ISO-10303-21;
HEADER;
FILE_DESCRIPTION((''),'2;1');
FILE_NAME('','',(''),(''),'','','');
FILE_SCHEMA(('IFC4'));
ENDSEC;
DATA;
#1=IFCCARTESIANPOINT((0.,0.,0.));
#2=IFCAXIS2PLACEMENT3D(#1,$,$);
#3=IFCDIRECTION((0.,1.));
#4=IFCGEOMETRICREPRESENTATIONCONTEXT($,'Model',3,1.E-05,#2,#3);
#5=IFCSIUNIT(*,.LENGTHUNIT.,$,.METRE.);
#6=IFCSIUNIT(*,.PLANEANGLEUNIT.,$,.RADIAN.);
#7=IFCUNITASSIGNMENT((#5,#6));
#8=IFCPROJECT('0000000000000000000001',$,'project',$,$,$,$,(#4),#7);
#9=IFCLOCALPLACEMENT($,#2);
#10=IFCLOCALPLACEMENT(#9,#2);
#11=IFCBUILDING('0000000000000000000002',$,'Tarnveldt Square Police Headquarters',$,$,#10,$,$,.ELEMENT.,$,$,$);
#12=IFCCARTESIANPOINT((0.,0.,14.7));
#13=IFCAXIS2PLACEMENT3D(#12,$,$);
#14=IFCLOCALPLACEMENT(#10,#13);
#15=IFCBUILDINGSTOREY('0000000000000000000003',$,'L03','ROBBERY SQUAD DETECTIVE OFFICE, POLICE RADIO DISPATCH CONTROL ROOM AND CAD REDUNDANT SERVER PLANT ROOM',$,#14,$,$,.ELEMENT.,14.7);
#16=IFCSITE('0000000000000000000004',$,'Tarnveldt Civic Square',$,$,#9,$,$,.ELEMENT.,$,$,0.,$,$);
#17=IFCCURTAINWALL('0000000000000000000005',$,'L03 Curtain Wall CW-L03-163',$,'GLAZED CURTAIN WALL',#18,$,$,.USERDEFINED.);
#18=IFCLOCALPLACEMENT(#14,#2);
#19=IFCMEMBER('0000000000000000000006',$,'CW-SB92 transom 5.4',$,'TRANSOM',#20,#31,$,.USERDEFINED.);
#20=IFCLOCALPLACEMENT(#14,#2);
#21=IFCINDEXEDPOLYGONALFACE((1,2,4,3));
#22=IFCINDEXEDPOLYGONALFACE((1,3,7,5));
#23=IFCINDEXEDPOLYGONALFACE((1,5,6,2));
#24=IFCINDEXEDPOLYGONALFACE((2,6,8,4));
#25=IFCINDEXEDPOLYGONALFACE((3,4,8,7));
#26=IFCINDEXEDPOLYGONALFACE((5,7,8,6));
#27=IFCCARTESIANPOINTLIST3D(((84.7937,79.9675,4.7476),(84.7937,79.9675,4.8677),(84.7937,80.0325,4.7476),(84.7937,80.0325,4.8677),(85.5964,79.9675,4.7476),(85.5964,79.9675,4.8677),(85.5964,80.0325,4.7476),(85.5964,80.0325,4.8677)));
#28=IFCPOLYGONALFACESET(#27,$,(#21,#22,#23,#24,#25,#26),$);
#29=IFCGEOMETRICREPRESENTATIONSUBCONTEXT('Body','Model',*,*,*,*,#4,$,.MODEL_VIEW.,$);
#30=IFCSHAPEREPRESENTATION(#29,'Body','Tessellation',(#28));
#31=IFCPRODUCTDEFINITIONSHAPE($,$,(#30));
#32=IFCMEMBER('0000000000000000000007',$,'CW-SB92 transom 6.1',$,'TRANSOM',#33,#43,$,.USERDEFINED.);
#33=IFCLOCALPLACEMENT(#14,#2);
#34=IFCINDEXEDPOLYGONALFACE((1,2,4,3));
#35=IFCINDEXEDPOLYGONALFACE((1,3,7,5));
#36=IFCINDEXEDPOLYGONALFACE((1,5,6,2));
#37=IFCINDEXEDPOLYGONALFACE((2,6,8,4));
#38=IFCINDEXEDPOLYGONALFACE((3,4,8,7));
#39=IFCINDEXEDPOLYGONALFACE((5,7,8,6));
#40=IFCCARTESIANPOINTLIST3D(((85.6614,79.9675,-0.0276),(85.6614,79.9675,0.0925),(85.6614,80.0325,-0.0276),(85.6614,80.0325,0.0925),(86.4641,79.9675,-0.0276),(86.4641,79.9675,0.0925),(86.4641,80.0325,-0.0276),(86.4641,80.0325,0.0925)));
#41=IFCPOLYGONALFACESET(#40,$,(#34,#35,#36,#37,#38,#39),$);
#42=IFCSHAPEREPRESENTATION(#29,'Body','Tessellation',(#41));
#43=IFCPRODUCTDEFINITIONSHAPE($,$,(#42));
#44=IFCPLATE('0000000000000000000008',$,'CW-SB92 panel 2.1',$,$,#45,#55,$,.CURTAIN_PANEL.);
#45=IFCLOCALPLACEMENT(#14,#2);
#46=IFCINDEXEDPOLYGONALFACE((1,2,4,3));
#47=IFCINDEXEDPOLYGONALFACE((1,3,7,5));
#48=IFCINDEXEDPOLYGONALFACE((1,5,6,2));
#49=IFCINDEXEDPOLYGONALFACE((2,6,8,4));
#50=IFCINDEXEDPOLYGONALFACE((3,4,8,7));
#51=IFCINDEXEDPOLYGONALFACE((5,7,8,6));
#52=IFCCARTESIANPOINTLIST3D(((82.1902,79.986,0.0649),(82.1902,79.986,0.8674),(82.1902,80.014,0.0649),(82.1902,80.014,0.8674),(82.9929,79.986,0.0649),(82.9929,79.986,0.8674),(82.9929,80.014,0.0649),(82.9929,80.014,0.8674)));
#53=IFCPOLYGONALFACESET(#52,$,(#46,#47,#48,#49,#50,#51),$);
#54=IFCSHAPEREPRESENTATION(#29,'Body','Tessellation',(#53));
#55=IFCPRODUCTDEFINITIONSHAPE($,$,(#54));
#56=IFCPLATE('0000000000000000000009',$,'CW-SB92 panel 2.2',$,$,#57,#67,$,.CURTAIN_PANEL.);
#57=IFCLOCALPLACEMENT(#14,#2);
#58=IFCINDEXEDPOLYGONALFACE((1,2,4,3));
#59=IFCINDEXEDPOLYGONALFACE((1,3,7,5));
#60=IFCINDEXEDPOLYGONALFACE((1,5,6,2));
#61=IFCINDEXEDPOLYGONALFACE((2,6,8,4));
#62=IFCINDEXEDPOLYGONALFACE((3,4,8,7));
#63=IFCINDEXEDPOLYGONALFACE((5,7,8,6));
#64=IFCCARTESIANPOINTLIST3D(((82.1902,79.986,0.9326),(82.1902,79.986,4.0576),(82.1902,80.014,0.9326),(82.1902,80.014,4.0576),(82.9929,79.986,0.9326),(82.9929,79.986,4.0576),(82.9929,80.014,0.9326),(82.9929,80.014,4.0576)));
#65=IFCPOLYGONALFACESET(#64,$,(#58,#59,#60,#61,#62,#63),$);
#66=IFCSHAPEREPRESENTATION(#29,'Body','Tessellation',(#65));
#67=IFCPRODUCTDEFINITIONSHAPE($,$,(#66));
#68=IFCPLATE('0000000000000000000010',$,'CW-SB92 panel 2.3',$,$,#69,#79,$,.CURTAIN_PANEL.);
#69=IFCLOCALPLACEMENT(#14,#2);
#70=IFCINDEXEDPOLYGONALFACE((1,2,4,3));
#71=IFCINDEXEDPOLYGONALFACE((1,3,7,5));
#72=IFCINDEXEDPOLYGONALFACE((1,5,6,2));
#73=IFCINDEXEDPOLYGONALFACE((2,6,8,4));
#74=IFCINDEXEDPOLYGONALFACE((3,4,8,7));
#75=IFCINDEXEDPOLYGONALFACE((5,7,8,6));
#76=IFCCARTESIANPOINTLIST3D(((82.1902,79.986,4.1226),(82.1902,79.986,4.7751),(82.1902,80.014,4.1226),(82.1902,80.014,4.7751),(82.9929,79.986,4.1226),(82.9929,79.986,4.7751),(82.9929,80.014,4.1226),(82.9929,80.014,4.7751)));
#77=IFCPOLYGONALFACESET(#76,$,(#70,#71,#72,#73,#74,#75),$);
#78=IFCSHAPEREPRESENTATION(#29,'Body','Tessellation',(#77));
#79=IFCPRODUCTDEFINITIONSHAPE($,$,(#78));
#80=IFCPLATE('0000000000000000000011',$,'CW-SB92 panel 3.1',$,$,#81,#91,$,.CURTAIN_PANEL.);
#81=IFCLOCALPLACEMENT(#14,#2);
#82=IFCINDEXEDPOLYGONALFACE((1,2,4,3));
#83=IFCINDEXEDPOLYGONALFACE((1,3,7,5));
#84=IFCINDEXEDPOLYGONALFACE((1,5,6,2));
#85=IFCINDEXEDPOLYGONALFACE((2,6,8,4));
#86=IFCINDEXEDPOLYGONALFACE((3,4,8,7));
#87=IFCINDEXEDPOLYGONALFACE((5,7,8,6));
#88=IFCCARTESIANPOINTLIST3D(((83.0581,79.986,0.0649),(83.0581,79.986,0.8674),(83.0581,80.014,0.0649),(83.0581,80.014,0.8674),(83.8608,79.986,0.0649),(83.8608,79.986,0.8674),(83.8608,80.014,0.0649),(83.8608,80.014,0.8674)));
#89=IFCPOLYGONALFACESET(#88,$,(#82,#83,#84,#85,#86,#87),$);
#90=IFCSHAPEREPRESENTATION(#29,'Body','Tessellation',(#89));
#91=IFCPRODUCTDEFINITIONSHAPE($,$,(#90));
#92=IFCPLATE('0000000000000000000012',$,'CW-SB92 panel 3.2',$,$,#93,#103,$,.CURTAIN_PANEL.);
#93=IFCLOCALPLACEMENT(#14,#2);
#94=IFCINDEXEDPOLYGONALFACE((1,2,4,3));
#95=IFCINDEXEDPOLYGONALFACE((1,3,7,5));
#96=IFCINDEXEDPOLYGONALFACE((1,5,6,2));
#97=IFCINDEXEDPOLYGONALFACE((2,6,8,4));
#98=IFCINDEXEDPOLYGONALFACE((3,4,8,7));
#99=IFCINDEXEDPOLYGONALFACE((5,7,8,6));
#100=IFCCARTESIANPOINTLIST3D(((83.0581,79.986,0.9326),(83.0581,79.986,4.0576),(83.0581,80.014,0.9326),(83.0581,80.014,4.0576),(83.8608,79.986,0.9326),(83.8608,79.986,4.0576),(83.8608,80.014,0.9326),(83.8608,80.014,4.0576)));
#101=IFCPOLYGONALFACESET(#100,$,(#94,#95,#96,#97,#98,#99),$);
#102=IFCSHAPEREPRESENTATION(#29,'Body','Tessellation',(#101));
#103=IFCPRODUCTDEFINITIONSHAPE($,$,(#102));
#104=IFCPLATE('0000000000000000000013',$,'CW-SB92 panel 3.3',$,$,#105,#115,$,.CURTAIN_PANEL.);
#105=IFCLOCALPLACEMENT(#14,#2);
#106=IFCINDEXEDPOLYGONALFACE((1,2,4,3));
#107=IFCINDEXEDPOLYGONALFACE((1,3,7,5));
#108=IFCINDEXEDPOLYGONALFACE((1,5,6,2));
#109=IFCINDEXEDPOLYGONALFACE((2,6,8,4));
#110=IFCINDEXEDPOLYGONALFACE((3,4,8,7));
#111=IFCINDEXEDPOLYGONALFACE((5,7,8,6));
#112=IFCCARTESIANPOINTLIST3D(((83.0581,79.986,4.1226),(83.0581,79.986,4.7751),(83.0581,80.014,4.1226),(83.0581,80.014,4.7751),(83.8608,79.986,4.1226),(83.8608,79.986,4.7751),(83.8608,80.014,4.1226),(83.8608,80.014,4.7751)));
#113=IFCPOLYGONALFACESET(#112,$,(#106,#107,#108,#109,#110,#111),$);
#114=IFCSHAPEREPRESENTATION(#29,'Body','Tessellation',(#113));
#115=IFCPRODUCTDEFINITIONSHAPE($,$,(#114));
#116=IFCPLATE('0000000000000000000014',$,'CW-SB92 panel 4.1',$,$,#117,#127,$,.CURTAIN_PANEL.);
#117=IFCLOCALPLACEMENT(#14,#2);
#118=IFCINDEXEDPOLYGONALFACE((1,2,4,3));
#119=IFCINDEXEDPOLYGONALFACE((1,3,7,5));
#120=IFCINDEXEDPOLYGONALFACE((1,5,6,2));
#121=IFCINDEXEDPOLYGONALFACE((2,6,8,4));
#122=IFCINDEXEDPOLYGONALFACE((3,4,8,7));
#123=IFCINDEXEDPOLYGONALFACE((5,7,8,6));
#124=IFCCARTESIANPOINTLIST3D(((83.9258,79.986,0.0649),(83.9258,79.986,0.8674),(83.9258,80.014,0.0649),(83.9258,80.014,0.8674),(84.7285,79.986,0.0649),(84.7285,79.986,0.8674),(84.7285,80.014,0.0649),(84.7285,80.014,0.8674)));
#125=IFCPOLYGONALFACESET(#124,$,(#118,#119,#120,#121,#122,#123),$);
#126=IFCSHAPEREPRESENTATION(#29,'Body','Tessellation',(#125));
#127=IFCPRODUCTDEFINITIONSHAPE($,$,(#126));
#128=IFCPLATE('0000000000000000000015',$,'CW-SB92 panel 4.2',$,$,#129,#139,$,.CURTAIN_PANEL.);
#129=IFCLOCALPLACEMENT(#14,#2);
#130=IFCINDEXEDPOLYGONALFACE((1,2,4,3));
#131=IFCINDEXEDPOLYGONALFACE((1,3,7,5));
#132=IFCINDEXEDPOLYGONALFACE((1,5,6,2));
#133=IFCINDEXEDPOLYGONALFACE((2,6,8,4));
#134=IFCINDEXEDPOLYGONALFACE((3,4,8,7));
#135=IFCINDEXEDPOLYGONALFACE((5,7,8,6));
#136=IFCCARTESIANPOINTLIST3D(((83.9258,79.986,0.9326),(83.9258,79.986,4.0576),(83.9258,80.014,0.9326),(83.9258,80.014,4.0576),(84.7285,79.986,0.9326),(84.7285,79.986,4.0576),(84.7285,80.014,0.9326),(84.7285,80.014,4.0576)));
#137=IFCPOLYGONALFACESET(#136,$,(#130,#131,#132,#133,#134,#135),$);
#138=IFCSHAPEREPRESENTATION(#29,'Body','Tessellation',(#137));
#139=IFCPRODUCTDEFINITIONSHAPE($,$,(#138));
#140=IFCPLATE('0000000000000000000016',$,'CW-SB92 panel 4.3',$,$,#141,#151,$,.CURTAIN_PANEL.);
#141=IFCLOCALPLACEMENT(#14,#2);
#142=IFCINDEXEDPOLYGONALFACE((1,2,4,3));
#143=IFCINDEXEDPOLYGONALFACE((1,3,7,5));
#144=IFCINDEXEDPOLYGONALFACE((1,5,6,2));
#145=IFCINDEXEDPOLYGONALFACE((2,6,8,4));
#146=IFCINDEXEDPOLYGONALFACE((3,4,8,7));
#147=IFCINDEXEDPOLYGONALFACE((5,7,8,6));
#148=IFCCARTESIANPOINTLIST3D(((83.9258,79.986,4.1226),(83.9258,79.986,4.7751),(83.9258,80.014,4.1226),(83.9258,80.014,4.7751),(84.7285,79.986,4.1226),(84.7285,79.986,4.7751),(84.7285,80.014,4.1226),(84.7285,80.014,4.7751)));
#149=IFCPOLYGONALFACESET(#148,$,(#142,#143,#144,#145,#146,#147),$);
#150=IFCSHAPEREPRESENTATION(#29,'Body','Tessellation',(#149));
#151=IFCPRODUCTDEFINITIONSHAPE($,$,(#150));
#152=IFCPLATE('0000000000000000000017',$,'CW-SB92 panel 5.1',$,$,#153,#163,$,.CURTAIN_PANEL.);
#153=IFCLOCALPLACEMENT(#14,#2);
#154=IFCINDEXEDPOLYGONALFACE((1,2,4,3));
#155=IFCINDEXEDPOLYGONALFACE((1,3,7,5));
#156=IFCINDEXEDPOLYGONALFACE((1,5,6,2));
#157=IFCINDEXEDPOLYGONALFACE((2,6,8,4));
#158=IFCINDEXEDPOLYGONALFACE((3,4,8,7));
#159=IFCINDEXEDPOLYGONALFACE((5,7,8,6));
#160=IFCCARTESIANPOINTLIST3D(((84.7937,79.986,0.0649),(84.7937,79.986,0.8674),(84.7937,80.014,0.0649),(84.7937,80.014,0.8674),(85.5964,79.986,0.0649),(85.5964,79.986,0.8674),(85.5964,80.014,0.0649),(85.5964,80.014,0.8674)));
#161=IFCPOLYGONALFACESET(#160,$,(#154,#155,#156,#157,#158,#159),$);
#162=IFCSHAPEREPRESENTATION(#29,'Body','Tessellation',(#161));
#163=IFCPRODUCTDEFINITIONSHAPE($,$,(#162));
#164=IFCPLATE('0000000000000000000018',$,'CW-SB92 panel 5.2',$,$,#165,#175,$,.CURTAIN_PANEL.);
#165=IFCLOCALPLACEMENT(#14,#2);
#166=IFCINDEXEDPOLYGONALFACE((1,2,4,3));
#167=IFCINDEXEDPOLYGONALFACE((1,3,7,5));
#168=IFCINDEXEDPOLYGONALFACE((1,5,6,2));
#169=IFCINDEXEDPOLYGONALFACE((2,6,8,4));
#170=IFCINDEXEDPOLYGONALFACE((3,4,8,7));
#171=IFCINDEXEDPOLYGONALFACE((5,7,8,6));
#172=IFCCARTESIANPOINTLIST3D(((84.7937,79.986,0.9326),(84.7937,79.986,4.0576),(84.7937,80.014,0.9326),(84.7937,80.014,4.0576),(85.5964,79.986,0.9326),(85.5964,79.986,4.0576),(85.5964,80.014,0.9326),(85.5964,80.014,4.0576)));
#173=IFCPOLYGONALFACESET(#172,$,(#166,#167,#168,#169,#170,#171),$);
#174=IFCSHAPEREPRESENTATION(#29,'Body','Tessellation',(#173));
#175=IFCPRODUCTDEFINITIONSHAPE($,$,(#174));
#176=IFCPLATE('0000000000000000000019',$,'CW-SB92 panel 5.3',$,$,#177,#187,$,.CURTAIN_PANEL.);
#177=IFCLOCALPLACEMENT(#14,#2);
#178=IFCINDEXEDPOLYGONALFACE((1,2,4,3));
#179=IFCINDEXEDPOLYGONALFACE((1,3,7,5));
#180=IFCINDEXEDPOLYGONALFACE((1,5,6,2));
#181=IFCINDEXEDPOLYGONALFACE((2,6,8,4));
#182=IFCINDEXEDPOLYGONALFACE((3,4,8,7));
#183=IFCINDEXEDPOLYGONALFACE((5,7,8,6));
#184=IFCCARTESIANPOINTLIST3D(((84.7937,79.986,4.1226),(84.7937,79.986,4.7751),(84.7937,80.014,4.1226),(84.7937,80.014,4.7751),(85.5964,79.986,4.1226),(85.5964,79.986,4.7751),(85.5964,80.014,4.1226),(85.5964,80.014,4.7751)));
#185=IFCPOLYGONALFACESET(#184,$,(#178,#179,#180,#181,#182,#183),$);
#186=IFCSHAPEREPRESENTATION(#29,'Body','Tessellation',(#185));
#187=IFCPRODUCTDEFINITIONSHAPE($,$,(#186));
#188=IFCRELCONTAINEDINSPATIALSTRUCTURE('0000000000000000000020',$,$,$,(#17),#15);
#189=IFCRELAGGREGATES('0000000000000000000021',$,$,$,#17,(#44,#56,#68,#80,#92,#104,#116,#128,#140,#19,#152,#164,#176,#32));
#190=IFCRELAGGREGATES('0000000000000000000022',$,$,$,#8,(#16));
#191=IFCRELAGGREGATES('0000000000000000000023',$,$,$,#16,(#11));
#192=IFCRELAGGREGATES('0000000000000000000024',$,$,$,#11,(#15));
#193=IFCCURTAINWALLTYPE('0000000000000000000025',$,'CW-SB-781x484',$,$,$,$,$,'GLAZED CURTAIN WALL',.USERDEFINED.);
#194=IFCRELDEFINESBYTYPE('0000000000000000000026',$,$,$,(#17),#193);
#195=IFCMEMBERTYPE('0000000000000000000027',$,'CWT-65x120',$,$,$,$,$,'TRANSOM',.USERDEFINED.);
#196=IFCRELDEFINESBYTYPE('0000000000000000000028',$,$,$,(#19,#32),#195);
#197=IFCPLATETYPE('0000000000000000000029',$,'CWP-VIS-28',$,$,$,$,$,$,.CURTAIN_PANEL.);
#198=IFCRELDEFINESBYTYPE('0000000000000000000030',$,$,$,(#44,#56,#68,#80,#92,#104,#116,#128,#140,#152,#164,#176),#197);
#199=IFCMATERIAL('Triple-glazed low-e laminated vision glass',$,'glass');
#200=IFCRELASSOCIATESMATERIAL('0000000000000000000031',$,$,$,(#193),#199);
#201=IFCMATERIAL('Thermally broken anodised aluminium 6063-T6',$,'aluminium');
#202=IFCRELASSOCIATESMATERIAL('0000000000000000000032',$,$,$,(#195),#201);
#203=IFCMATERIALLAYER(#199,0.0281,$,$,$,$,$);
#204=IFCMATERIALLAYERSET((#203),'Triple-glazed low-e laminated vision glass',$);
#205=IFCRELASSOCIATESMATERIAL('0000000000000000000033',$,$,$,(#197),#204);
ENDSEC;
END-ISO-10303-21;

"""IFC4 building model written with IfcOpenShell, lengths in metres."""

from ifc_helpers import new_model, si_unit, direction, frame, origin, origin_2d, place, context, subcontext, project, spatial, rectangle, extrude, material, layer, layer_set, material_profile, profile_set, type_object, element, aggregate, save


model = new_model("IFC4")

# Units and contexts
model_context = context("Model", 3, precision=1e-05, world=origin(), true_north=direction((0.0, 1.0)))
body_context = subcontext(model_context, "Body", "Model", "MODEL_VIEW")
ifc_project = project(units=[si_unit("LENGTHUNIT", "METRE"), si_unit("PLANEANGLEUNIT", "RADIAN")], contexts=[model_context])

# Site, building, storey
site_placement = place(None, origin())
site = spatial("IfcSite", under=ifc_project, at=site_placement, Name="Tarnveldt Civic Square", CompositionType="ELEMENT", RefElevation=0.0)
building_placement = place(site_placement, origin())
building = spatial("IfcBuilding", under=site, at=building_placement, Name="Tarnveldt Square Police Headquarters", CompositionType="ELEMENT")
storey_placement = place(building_placement, frame((0.0, 0.0, 14.7)))
storey = spatial("IfcBuildingStorey", under=building, at=storey_placement, Name="L03", Description="ROBBERY SQUAD DETECTIVE OFFICE, POLICE RADIO DISPATCH CONTROL ROOM AND CAD REDUNDANT SERVER PLANT ROOM", CompositionType="ELEMENT", Elevation=14.7)

# Curtain wall, members, plates
ifc_material_1 = material(Name="Triple-glazed low-e laminated vision glass", Category="glass")
curtain_wall_type = type_object("IfcCurtainWallType", Name="CW-SB-781x484", ElementType="GLAZED CURTAIN WALL", PredefinedType="USERDEFINED", material=ifc_material_1)
curtain_wall_placement = place(storey_placement, origin())
curtain_wall = element("IfcCurtainWall", 1, at=curtain_wall_placement, inside=storey, type_object=curtain_wall_type, Name="L03 Curtain Wall CW-L03-163", ObjectType="GLAZED CURTAIN WALL", PredefinedType="USERDEFINED")
ifc_material_2 = material(Name="Thermally broken anodised aluminium 6063-T6", Category="aluminium")
ifc_material_profile_1 = material_profile(ifc_material_2, rectangle(XDim=0.0649, YDim=0.1201, at=origin_2d()), Name="CW-T65x120")
ifc_profile_set_1 = profile_set([ifc_material_profile_1], Name="Thermally broken anodised aluminium 6063-T6")
member_type_1 = type_object("IfcMemberType", Name="CWT-65x120", ElementType="TRANSOM", PredefinedType="USERDEFINED", material=ifc_profile_set_1)
member_1_placement = place(storey_placement, frame((84.7937, 80.0, 4.8076), z_axis=(1.0, 0.0, 0.0), x_axis=(0.0, 1.0, 0.0)))
member_1 = element("IfcMember", 2, at=member_1_placement, type_object=member_type_1, Name="CW-SB92 transom 5.4", ObjectType="TRANSOM", PredefinedType="USERDEFINED", context=body_context, shape_type="SweptSolid", body=[
    extrude(rectangle(XDim=0.0649, YDim=0.1201, at=origin_2d()), origin(), (0.0, 0.0, 1.0), 0.8027),
])
member_2_placement = place(storey_placement, frame((85.6614, 80.0, 0.0325), z_axis=(1.0, 0.0, 0.0), x_axis=(0.0, 1.0, 0.0)))
member_2 = element("IfcMember", 3, at=member_2_placement, type_object=member_type_1, Name="CW-SB92 transom 6.1", ObjectType="TRANSOM", PredefinedType="USERDEFINED", context=body_context, shape_type="SweptSolid", body=[
    extrude(rectangle(XDim=0.0649, YDim=0.1201, at=origin_2d()), origin(), (0.0, 0.0, 1.0), 0.8027),
])
ifc_layer = layer(ifc_material_1, 0.0281)
ifc_layer_set = layer_set([ifc_layer], Name="Triple-glazed low-e laminated vision glass")
plate_type = type_object("IfcPlateType", Name="CWP-VIS-28", PredefinedType="CURTAIN_PANEL", material=ifc_layer_set)
plate_1_placement = place(storey_placement, frame((82.5916, 80.0, 0.0649), z_axis=(0.0, 0.0, 1.0), x_axis=(1.0, 0.0, 0.0)))
plate_1 = element("IfcPlate", 4, at=plate_1_placement, type_object=plate_type, Name="CW-SB92 panel 2.1", PredefinedType="CURTAIN_PANEL", context=body_context, shape_type="SweptSolid", body=[
    extrude(rectangle(XDim=0.8027, YDim=0.0281, at=origin_2d()), origin(), (0.0, 0.0, 1.0), 0.8025),
])
plate_2_placement = place(storey_placement, frame((82.5916, 80.0, 0.9326), z_axis=(0.0, 0.0, 1.0), x_axis=(1.0, 0.0, 0.0)))
plate_2 = element("IfcPlate", 5, at=plate_2_placement, type_object=plate_type, Name="CW-SB92 panel 2.2", PredefinedType="CURTAIN_PANEL", context=body_context, shape_type="SweptSolid", body=[
    extrude(rectangle(XDim=0.8027, YDim=0.0281, at=origin_2d()), origin(), (0.0, 0.0, 1.0), 3.125),
])
plate_3_placement = place(storey_placement, frame((82.5916, 80.0, 4.1226), z_axis=(0.0, 0.0, 1.0), x_axis=(1.0, 0.0, 0.0)))
plate_3 = element("IfcPlate", 6, at=plate_3_placement, type_object=plate_type, Name="CW-SB92 panel 2.3", PredefinedType="CURTAIN_PANEL", context=body_context, shape_type="SweptSolid", body=[
    extrude(rectangle(XDim=0.8027, YDim=0.0281, at=origin_2d()), origin(), (0.0, 0.0, 1.0), 0.6526),
])
plate_4_placement = place(storey_placement, frame((83.4595, 80.0, 0.0649), z_axis=(0.0, 0.0, 1.0), x_axis=(1.0, 0.0, 0.0)))
plate_4 = element("IfcPlate", 7, at=plate_4_placement, type_object=plate_type, Name="CW-SB92 panel 3.1", PredefinedType="CURTAIN_PANEL", context=body_context, shape_type="SweptSolid", body=[
    extrude(rectangle(XDim=0.8027, YDim=0.0281, at=origin_2d()), origin(), (0.0, 0.0, 1.0), 0.8025),
])
plate_5_placement = place(storey_placement, frame((83.4595, 80.0, 0.9326), z_axis=(0.0, 0.0, 1.0), x_axis=(1.0, 0.0, 0.0)))
plate_5 = element("IfcPlate", 8, at=plate_5_placement, type_object=plate_type, Name="CW-SB92 panel 3.2", PredefinedType="CURTAIN_PANEL", context=body_context, shape_type="SweptSolid", body=[
    extrude(rectangle(XDim=0.8027, YDim=0.0281, at=origin_2d()), origin(), (0.0, 0.0, 1.0), 3.125),
])
plate_6_placement = place(storey_placement, frame((83.4595, 80.0, 4.1226), z_axis=(0.0, 0.0, 1.0), x_axis=(1.0, 0.0, 0.0)))
plate_6 = element("IfcPlate", 9, at=plate_6_placement, type_object=plate_type, Name="CW-SB92 panel 3.3", PredefinedType="CURTAIN_PANEL", context=body_context, shape_type="SweptSolid", body=[
    extrude(rectangle(XDim=0.8027, YDim=0.0281, at=origin_2d()), origin(), (0.0, 0.0, 1.0), 0.6526),
])
plate_7_placement = place(storey_placement, frame((84.3271, 80.0, 0.0649), z_axis=(0.0, 0.0, 1.0), x_axis=(1.0, 0.0, 0.0)))
plate_7 = element("IfcPlate", 10, at=plate_7_placement, type_object=plate_type, Name="CW-SB92 panel 4.1", PredefinedType="CURTAIN_PANEL", context=body_context, shape_type="SweptSolid", body=[
    extrude(rectangle(XDim=0.8027, YDim=0.0281, at=origin_2d()), origin(), (0.0, 0.0, 1.0), 0.8025),
])
plate_8_placement = place(storey_placement, frame((84.3271, 80.0, 0.9326), z_axis=(0.0, 0.0, 1.0), x_axis=(1.0, 0.0, 0.0)))
plate_8 = element("IfcPlate", 11, at=plate_8_placement, type_object=plate_type, Name="CW-SB92 panel 4.2", PredefinedType="CURTAIN_PANEL", context=body_context, shape_type="SweptSolid", body=[
    extrude(rectangle(XDim=0.8027, YDim=0.0281, at=origin_2d()), origin(), (0.0, 0.0, 1.0), 3.125),
])
plate_9_placement = place(storey_placement, frame((84.3271, 80.0, 4.1226), z_axis=(0.0, 0.0, 1.0), x_axis=(1.0, 0.0, 0.0)))
plate_9 = element("IfcPlate", 12, at=plate_9_placement, type_object=plate_type, Name="CW-SB92 panel 4.3", PredefinedType="CURTAIN_PANEL", context=body_context, shape_type="SweptSolid", body=[
    extrude(rectangle(XDim=0.8027, YDim=0.0281, at=origin_2d()), origin(), (0.0, 0.0, 1.0), 0.6526),
])
plate_10_placement = place(storey_placement, frame((85.1951, 80.0, 0.0649), z_axis=(0.0, 0.0, 1.0), x_axis=(1.0, 0.0, 0.0)))
plate_10 = element("IfcPlate", 13, at=plate_10_placement, type_object=plate_type, Name="CW-SB92 panel 5.1", PredefinedType="CURTAIN_PANEL", context=body_context, shape_type="SweptSolid", body=[
    extrude(rectangle(XDim=0.8027, YDim=0.0281, at=origin_2d()), origin(), (0.0, 0.0, 1.0), 0.8025),
])
plate_11_placement = place(storey_placement, frame((85.1951, 80.0, 0.9326), z_axis=(0.0, 0.0, 1.0), x_axis=(1.0, 0.0, 0.0)))
plate_11 = element("IfcPlate", 14, at=plate_11_placement, type_object=plate_type, Name="CW-SB92 panel 5.2", PredefinedType="CURTAIN_PANEL", context=body_context, shape_type="SweptSolid", body=[
    extrude(rectangle(XDim=0.8027, YDim=0.0281, at=origin_2d()), origin(), (0.0, 0.0, 1.0), 3.125),
])
plate_12_placement = place(storey_placement, frame((85.1951, 80.0, 4.1226), z_axis=(0.0, 0.0, 1.0), x_axis=(1.0, 0.0, 0.0)))
plate_12 = element("IfcPlate", 15, at=plate_12_placement, type_object=plate_type, Name="CW-SB92 panel 5.3", PredefinedType="CURTAIN_PANEL", context=body_context, shape_type="SweptSolid", body=[
    extrude(rectangle(XDim=0.8027, YDim=0.0281, at=origin_2d()), origin(), (0.0, 0.0, 1.0), 0.6526),
])
aggregate(curtain_wall, [plate_1, plate_2, plate_3, plate_4, plate_5, plate_6, plate_7, plate_8, plate_9, member_1, plate_10, plate_11, plate_12, member_2])

save(model, "model.ifc")
